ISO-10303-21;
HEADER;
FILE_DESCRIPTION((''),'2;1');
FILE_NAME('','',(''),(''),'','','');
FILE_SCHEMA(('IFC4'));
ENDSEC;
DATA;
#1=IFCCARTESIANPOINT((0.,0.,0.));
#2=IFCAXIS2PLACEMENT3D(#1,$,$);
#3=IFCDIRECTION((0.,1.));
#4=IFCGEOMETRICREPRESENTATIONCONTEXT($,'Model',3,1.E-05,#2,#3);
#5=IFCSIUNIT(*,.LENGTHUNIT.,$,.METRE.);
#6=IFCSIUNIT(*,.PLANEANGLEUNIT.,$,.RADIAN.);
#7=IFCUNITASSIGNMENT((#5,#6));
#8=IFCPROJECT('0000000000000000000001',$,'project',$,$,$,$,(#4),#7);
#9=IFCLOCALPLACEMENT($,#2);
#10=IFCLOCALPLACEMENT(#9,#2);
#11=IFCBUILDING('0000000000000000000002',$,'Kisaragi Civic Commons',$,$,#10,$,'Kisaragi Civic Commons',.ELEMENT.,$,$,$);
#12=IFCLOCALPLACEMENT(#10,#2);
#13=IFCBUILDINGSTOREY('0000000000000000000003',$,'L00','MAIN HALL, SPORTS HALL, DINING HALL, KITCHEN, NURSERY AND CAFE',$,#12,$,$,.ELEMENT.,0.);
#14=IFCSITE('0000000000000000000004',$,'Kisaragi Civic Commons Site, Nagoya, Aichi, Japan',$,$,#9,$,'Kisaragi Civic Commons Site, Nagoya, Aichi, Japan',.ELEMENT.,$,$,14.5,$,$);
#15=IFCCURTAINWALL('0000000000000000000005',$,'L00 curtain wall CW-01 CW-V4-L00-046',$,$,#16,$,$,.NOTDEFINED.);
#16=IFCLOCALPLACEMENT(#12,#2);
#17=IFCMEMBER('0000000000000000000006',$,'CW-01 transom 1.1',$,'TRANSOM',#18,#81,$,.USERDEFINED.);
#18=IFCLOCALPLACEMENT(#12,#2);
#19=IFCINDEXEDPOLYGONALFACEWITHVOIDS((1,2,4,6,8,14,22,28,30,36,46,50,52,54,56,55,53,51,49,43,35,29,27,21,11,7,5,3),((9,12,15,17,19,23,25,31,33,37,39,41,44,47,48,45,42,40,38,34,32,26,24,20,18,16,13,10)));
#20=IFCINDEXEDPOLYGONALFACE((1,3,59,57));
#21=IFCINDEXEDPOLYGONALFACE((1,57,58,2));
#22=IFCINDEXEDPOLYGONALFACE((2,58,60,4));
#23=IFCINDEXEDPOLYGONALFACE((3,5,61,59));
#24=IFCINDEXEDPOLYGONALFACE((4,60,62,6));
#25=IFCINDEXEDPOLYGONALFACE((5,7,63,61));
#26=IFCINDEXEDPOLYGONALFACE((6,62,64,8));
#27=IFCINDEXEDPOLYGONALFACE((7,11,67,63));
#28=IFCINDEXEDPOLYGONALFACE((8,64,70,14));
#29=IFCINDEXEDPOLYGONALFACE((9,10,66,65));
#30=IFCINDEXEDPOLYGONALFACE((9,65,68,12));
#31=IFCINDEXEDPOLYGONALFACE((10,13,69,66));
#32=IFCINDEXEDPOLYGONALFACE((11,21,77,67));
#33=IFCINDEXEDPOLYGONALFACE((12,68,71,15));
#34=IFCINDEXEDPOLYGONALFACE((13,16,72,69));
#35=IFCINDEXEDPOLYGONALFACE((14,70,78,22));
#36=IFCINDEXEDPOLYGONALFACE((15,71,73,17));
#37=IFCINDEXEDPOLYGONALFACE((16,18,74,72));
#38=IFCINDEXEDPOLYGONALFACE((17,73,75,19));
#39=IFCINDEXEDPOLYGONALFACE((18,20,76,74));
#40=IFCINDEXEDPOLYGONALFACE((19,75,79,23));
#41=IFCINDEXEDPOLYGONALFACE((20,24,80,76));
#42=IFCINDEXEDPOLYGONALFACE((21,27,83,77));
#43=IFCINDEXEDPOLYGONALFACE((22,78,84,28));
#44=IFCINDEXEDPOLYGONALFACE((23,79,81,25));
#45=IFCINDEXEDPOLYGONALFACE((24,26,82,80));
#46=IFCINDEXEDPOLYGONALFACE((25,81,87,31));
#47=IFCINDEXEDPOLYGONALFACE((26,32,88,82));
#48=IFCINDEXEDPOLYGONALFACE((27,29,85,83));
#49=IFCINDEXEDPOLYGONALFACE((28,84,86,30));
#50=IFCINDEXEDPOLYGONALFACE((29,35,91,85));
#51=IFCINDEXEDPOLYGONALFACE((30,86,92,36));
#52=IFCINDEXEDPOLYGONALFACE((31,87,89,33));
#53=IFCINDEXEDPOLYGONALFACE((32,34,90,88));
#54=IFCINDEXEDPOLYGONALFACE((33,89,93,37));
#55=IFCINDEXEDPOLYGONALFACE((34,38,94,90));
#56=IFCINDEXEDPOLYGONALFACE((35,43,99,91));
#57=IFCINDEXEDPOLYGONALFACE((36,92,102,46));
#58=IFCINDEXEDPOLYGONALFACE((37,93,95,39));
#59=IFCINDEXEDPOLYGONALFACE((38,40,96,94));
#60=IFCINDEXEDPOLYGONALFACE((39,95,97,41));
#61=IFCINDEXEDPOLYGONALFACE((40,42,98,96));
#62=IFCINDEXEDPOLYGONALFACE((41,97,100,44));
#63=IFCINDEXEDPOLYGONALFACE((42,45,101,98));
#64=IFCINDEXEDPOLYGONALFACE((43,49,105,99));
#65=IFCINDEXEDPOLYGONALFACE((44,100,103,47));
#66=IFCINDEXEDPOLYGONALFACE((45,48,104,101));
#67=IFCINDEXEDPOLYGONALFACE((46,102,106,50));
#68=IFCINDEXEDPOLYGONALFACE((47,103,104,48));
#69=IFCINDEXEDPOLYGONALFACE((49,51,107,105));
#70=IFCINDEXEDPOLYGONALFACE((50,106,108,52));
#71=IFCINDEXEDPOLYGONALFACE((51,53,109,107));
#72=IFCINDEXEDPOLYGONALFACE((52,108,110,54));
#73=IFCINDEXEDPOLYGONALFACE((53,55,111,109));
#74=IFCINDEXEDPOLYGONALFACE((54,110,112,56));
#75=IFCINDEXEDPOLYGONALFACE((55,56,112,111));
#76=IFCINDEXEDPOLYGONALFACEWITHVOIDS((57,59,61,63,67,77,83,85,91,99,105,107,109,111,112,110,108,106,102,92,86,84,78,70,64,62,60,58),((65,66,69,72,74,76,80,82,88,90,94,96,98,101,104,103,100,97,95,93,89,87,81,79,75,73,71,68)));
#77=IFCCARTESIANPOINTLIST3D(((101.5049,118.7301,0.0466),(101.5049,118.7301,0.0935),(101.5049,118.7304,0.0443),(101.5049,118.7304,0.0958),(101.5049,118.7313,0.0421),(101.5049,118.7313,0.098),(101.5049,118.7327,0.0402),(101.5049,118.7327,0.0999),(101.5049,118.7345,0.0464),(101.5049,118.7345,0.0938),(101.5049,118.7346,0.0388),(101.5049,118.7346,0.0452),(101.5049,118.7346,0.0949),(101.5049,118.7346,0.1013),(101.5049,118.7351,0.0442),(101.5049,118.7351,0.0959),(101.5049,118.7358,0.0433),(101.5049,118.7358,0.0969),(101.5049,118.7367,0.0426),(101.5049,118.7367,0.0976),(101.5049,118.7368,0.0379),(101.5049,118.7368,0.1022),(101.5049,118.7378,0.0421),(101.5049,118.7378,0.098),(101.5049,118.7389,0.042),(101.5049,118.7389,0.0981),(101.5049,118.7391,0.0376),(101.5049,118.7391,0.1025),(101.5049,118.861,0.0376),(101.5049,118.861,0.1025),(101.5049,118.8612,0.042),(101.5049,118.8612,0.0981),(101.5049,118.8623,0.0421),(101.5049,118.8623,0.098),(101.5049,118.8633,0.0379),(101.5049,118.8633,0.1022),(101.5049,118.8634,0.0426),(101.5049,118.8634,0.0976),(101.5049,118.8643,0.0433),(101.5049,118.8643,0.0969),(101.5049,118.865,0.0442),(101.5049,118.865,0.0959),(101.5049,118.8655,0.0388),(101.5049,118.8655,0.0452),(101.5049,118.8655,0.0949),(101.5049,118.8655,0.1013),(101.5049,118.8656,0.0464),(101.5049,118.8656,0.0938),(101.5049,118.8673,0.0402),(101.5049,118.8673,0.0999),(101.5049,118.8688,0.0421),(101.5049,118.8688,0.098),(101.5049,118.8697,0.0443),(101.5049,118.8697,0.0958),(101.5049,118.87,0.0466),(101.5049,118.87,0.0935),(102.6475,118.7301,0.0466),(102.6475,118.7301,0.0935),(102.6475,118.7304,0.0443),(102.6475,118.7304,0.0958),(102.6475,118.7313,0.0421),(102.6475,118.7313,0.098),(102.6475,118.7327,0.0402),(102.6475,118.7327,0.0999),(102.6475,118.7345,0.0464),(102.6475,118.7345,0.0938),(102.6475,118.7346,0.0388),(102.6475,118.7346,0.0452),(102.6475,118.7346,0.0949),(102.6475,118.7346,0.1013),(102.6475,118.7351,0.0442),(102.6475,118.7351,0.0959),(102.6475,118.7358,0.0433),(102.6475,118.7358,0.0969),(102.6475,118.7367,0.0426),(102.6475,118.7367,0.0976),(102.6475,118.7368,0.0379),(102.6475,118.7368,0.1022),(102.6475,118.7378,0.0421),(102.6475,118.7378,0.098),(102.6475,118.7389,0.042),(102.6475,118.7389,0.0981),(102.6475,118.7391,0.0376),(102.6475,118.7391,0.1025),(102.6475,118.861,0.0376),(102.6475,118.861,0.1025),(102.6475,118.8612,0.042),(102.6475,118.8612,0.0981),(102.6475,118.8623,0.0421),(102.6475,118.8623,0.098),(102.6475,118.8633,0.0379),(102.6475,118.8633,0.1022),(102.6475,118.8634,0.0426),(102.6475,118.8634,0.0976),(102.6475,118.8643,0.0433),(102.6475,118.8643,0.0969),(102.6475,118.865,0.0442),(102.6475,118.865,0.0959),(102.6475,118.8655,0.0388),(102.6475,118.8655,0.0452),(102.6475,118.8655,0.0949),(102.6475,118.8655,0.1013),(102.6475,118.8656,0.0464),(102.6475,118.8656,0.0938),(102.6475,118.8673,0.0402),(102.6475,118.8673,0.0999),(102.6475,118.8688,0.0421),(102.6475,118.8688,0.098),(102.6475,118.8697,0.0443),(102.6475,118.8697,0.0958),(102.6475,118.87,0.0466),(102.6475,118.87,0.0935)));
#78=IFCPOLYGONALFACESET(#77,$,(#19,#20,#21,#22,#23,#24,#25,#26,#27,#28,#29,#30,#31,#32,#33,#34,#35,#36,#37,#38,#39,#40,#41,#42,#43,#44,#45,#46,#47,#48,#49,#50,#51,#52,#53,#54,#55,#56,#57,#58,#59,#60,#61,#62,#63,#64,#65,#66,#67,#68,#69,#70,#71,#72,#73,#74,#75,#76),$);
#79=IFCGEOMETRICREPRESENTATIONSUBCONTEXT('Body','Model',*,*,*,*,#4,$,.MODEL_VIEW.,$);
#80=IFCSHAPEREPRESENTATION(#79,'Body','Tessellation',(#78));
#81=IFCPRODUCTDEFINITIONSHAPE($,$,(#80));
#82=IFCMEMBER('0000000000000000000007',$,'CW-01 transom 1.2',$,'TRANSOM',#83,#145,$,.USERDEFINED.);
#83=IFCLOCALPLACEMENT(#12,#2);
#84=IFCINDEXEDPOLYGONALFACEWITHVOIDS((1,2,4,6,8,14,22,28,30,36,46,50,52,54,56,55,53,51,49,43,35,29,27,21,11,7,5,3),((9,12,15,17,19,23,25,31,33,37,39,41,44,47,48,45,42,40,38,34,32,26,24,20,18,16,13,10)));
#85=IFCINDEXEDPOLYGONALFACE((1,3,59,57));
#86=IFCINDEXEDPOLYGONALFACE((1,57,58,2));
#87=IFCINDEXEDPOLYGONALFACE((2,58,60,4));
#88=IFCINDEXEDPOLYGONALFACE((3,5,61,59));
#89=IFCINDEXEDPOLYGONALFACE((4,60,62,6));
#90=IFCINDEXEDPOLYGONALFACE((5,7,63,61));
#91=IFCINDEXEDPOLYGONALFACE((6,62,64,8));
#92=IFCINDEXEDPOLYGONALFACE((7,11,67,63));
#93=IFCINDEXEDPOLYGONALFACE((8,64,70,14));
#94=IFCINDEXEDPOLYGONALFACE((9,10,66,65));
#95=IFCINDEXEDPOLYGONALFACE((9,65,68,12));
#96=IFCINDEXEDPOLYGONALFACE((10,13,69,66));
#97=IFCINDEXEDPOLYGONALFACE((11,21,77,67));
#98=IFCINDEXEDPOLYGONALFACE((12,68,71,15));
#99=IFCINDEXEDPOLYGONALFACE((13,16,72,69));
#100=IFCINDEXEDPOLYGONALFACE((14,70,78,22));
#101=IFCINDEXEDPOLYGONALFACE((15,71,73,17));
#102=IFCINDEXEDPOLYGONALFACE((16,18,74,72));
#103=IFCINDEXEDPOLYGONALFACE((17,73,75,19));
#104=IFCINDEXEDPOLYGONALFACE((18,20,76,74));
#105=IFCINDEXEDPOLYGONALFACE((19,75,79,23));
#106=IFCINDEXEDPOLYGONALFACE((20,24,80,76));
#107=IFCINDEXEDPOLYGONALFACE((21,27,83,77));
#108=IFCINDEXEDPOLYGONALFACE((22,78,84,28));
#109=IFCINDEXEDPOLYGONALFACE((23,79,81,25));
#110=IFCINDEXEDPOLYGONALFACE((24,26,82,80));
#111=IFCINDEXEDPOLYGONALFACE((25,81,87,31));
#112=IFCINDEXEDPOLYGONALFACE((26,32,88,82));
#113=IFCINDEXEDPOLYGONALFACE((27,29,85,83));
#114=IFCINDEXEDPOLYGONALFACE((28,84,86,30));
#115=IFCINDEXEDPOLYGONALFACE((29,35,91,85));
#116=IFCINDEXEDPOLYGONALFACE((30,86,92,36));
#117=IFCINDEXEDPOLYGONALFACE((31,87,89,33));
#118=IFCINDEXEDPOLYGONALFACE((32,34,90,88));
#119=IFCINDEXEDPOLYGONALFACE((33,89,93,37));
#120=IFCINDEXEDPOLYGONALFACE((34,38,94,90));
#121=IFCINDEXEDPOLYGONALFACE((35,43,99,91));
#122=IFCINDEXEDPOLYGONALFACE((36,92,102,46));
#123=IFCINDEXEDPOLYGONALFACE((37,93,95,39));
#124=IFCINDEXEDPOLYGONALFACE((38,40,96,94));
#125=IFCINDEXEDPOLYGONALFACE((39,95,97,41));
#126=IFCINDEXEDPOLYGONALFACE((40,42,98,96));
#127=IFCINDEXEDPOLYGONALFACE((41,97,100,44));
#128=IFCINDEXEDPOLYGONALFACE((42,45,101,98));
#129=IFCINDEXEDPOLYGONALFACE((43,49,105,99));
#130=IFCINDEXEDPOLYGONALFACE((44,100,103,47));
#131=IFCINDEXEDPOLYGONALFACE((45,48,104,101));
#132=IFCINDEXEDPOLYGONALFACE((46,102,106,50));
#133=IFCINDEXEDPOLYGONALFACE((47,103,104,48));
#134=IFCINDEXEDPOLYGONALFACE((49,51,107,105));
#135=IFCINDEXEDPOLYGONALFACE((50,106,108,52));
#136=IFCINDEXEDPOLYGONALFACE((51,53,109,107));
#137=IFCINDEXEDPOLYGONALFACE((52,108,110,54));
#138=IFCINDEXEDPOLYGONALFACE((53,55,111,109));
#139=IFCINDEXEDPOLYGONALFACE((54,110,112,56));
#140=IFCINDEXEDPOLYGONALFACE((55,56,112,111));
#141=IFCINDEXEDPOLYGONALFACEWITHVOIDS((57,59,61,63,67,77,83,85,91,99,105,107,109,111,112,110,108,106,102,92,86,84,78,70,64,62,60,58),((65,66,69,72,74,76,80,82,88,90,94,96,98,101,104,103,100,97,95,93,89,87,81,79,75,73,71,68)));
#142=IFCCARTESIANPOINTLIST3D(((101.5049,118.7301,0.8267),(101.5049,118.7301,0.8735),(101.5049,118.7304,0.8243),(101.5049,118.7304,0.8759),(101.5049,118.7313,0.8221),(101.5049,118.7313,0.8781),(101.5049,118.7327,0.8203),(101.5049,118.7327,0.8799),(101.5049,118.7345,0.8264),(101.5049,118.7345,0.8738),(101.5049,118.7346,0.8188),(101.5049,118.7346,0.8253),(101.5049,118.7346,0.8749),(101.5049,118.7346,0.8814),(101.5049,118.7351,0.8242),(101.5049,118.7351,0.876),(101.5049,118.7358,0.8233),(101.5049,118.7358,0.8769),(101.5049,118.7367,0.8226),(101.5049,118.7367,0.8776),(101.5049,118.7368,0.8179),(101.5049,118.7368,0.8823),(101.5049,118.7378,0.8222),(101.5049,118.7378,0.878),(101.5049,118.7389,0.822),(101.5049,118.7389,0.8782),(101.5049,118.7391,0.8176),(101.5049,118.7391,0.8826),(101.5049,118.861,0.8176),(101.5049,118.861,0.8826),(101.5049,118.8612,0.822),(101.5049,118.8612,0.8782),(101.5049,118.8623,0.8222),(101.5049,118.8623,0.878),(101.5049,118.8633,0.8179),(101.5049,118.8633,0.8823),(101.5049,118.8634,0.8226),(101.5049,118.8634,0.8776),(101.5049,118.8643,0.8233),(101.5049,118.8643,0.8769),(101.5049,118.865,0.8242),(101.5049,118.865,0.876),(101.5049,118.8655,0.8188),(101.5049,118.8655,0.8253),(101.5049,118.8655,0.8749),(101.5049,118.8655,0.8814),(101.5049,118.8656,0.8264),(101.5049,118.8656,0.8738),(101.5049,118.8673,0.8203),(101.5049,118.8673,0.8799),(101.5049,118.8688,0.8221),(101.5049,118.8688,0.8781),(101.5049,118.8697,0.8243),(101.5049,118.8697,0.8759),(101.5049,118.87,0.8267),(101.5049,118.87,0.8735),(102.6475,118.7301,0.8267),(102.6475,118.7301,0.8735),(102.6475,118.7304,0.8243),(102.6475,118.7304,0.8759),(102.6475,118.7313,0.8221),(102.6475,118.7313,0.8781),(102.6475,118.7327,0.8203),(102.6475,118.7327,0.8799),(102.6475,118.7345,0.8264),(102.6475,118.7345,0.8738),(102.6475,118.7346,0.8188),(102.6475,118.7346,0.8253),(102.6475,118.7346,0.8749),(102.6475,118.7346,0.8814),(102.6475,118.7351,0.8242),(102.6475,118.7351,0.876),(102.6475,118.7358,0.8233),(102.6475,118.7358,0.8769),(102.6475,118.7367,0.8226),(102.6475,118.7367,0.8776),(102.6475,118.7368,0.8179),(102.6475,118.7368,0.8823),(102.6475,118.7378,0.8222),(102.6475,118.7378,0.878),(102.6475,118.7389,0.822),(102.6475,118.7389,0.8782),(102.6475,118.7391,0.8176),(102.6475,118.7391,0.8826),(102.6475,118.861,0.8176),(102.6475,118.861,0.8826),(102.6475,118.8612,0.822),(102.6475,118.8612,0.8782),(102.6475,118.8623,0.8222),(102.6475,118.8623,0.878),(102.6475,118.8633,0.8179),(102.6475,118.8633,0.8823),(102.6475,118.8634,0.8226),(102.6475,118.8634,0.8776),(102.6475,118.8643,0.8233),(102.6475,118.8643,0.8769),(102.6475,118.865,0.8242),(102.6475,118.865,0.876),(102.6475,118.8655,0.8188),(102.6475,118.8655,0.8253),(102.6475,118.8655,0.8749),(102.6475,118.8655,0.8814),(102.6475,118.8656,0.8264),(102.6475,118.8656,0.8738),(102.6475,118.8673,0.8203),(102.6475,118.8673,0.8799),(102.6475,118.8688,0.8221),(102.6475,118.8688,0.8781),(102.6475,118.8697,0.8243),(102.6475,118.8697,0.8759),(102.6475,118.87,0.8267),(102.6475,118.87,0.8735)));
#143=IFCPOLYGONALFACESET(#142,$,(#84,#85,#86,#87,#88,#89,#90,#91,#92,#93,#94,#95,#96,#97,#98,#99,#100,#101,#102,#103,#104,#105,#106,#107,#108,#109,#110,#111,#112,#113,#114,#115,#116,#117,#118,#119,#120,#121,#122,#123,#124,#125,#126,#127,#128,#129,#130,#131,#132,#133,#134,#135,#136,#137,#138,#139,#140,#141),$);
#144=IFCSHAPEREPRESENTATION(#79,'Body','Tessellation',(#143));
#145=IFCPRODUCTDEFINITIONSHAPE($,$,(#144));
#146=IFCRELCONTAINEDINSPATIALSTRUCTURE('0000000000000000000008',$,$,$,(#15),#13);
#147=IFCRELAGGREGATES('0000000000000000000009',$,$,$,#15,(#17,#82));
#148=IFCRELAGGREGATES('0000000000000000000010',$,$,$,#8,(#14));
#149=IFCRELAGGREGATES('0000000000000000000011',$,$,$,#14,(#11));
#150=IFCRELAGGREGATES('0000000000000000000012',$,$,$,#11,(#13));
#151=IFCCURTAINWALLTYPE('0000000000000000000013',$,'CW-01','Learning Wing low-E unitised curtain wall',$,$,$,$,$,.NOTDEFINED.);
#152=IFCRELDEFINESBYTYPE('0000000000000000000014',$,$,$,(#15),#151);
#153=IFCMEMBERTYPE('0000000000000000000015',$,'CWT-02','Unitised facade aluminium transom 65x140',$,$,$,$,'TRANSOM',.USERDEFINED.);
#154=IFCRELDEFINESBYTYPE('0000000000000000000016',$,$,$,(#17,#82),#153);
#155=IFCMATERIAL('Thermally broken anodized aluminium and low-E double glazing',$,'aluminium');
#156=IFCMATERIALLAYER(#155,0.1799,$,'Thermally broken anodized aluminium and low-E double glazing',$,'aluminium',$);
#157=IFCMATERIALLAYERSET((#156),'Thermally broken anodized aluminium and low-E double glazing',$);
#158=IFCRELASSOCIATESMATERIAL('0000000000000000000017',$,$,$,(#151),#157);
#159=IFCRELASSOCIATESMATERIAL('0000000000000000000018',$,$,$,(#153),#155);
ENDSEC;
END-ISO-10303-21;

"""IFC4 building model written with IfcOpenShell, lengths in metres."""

from ifc_helpers import new_model, si_unit, direction, frame, origin, origin_2d, place, context, subcontext, project, spatial, hollow_rectangle, extrude, material, layer, layer_set, material_profile, profile_set, type_object, element, aggregate, save


model = new_model("IFC4")

# Units and contexts
model_context = context("Model", 3, precision=1e-05, world=origin(), true_north=direction((0.0, 1.0)))
body_context = subcontext(model_context, "Body", "Model", "MODEL_VIEW")
ifc_project = project(units=[si_unit("LENGTHUNIT", "METRE"), si_unit("PLANEANGLEUNIT", "RADIAN")], contexts=[model_context])

# Site, building, storey
site_placement = place(None, origin())
site = spatial("IfcSite", under=ifc_project, at=site_placement, Name="Kisaragi Civic Commons Site, Nagoya, Aichi, Japan", LongName="Kisaragi Civic Commons Site, Nagoya, Aichi, Japan", CompositionType="ELEMENT", RefElevation=14.5)
building_placement = place(site_placement, origin())
building = spatial("IfcBuilding", under=site, at=building_placement, Name="Kisaragi Civic Commons", LongName="Kisaragi Civic Commons", CompositionType="ELEMENT")
storey_placement = place(building_placement, origin())
storey = spatial("IfcBuildingStorey", under=building, at=storey_placement, Name="L00", Description="MAIN HALL, SPORTS HALL, DINING HALL, KITCHEN, NURSERY AND CAFE", CompositionType="ELEMENT", Elevation=0.0)

# Curtain wall, members
ifc_material_1 = material(Name="Thermally broken anodized aluminium and low-E double glazing", Category="aluminium")
ifc_layer_1 = layer(ifc_material_1, 0.1799, Name="Thermally broken anodized aluminium and low-E double glazing", Category="aluminium")
ifc_layer_set_1 = layer_set([ifc_layer_1], Name="Thermally broken anodized aluminium and low-E double glazing")
curtain_wall_type = type_object("IfcCurtainWallType", Name="CW-01", Description="Learning Wing low-E unitised curtain wall", PredefinedType="NOTDEFINED", material=ifc_layer_set_1)
curtain_wall_placement = place(storey_placement, origin())
curtain_wall = element("IfcCurtainWall", 1, at=curtain_wall_placement, inside=storey, type_object=curtain_wall_type, Name="L00 curtain wall CW-01 CW-V4-L00-046", PredefinedType="NOTDEFINED")
ifc_material_profile_1 = material_profile(ifc_material_1, hollow_rectangle(XDim=0.1399, YDim=0.0649, WallThickness=0.0044, InnerFilletRadius=0.0044, OuterFilletRadius=0.009, at=origin_2d()), Name="CWT-65x140x4.5", Category="aluminium")
ifc_profile_set_1 = profile_set([ifc_material_profile_1], Name="Thermally broken anodized aluminium and low-E double glazing")
member_type_1 = type_object("IfcMemberType", Name="CWT-02", Description="Unitised facade aluminium transom 65x140", ElementType="TRANSOM", PredefinedType="USERDEFINED", material=ifc_profile_set_1)
member_1_placement = place(storey_placement, frame((101.5049, 118.8, 0.0701), z_axis=(1.0, 0.0, 0.0), x_axis=(0.0, 1.0, 0.0)))
member_1 = element("IfcMember", 2, at=member_1_placement, type_object=member_type_1, Name="CW-01 transom 1.1", ObjectType="TRANSOM", PredefinedType="USERDEFINED", context=body_context, shape_type="SweptSolid", body=[
    extrude(hollow_rectangle(XDim=0.1399, YDim=0.0649, WallThickness=0.0044, InnerFilletRadius=0.0044, OuterFilletRadius=0.009, at=origin_2d()), origin(), (0.0, 0.0, 1.0), 1.1426),
])
member_2_placement = place(storey_placement, frame((101.5049, 118.8, 0.8501), z_axis=(1.0, 0.0, 0.0), x_axis=(0.0, 1.0, 0.0)))
member_2 = element("IfcMember", 3, at=member_2_placement, type_object=member_type_1, Name="CW-01 transom 1.2", ObjectType="TRANSOM", PredefinedType="USERDEFINED", context=body_context, shape_type="SweptSolid", body=[
    extrude(hollow_rectangle(XDim=0.1399, YDim=0.0649, WallThickness=0.0044, InnerFilletRadius=0.0044, OuterFilletRadius=0.009, at=origin_2d()), origin(), (0.0, 0.0, 1.0), 1.1426),
])
aggregate(curtain_wall, [member_1, member_2])

save(model, "model.ifc")
